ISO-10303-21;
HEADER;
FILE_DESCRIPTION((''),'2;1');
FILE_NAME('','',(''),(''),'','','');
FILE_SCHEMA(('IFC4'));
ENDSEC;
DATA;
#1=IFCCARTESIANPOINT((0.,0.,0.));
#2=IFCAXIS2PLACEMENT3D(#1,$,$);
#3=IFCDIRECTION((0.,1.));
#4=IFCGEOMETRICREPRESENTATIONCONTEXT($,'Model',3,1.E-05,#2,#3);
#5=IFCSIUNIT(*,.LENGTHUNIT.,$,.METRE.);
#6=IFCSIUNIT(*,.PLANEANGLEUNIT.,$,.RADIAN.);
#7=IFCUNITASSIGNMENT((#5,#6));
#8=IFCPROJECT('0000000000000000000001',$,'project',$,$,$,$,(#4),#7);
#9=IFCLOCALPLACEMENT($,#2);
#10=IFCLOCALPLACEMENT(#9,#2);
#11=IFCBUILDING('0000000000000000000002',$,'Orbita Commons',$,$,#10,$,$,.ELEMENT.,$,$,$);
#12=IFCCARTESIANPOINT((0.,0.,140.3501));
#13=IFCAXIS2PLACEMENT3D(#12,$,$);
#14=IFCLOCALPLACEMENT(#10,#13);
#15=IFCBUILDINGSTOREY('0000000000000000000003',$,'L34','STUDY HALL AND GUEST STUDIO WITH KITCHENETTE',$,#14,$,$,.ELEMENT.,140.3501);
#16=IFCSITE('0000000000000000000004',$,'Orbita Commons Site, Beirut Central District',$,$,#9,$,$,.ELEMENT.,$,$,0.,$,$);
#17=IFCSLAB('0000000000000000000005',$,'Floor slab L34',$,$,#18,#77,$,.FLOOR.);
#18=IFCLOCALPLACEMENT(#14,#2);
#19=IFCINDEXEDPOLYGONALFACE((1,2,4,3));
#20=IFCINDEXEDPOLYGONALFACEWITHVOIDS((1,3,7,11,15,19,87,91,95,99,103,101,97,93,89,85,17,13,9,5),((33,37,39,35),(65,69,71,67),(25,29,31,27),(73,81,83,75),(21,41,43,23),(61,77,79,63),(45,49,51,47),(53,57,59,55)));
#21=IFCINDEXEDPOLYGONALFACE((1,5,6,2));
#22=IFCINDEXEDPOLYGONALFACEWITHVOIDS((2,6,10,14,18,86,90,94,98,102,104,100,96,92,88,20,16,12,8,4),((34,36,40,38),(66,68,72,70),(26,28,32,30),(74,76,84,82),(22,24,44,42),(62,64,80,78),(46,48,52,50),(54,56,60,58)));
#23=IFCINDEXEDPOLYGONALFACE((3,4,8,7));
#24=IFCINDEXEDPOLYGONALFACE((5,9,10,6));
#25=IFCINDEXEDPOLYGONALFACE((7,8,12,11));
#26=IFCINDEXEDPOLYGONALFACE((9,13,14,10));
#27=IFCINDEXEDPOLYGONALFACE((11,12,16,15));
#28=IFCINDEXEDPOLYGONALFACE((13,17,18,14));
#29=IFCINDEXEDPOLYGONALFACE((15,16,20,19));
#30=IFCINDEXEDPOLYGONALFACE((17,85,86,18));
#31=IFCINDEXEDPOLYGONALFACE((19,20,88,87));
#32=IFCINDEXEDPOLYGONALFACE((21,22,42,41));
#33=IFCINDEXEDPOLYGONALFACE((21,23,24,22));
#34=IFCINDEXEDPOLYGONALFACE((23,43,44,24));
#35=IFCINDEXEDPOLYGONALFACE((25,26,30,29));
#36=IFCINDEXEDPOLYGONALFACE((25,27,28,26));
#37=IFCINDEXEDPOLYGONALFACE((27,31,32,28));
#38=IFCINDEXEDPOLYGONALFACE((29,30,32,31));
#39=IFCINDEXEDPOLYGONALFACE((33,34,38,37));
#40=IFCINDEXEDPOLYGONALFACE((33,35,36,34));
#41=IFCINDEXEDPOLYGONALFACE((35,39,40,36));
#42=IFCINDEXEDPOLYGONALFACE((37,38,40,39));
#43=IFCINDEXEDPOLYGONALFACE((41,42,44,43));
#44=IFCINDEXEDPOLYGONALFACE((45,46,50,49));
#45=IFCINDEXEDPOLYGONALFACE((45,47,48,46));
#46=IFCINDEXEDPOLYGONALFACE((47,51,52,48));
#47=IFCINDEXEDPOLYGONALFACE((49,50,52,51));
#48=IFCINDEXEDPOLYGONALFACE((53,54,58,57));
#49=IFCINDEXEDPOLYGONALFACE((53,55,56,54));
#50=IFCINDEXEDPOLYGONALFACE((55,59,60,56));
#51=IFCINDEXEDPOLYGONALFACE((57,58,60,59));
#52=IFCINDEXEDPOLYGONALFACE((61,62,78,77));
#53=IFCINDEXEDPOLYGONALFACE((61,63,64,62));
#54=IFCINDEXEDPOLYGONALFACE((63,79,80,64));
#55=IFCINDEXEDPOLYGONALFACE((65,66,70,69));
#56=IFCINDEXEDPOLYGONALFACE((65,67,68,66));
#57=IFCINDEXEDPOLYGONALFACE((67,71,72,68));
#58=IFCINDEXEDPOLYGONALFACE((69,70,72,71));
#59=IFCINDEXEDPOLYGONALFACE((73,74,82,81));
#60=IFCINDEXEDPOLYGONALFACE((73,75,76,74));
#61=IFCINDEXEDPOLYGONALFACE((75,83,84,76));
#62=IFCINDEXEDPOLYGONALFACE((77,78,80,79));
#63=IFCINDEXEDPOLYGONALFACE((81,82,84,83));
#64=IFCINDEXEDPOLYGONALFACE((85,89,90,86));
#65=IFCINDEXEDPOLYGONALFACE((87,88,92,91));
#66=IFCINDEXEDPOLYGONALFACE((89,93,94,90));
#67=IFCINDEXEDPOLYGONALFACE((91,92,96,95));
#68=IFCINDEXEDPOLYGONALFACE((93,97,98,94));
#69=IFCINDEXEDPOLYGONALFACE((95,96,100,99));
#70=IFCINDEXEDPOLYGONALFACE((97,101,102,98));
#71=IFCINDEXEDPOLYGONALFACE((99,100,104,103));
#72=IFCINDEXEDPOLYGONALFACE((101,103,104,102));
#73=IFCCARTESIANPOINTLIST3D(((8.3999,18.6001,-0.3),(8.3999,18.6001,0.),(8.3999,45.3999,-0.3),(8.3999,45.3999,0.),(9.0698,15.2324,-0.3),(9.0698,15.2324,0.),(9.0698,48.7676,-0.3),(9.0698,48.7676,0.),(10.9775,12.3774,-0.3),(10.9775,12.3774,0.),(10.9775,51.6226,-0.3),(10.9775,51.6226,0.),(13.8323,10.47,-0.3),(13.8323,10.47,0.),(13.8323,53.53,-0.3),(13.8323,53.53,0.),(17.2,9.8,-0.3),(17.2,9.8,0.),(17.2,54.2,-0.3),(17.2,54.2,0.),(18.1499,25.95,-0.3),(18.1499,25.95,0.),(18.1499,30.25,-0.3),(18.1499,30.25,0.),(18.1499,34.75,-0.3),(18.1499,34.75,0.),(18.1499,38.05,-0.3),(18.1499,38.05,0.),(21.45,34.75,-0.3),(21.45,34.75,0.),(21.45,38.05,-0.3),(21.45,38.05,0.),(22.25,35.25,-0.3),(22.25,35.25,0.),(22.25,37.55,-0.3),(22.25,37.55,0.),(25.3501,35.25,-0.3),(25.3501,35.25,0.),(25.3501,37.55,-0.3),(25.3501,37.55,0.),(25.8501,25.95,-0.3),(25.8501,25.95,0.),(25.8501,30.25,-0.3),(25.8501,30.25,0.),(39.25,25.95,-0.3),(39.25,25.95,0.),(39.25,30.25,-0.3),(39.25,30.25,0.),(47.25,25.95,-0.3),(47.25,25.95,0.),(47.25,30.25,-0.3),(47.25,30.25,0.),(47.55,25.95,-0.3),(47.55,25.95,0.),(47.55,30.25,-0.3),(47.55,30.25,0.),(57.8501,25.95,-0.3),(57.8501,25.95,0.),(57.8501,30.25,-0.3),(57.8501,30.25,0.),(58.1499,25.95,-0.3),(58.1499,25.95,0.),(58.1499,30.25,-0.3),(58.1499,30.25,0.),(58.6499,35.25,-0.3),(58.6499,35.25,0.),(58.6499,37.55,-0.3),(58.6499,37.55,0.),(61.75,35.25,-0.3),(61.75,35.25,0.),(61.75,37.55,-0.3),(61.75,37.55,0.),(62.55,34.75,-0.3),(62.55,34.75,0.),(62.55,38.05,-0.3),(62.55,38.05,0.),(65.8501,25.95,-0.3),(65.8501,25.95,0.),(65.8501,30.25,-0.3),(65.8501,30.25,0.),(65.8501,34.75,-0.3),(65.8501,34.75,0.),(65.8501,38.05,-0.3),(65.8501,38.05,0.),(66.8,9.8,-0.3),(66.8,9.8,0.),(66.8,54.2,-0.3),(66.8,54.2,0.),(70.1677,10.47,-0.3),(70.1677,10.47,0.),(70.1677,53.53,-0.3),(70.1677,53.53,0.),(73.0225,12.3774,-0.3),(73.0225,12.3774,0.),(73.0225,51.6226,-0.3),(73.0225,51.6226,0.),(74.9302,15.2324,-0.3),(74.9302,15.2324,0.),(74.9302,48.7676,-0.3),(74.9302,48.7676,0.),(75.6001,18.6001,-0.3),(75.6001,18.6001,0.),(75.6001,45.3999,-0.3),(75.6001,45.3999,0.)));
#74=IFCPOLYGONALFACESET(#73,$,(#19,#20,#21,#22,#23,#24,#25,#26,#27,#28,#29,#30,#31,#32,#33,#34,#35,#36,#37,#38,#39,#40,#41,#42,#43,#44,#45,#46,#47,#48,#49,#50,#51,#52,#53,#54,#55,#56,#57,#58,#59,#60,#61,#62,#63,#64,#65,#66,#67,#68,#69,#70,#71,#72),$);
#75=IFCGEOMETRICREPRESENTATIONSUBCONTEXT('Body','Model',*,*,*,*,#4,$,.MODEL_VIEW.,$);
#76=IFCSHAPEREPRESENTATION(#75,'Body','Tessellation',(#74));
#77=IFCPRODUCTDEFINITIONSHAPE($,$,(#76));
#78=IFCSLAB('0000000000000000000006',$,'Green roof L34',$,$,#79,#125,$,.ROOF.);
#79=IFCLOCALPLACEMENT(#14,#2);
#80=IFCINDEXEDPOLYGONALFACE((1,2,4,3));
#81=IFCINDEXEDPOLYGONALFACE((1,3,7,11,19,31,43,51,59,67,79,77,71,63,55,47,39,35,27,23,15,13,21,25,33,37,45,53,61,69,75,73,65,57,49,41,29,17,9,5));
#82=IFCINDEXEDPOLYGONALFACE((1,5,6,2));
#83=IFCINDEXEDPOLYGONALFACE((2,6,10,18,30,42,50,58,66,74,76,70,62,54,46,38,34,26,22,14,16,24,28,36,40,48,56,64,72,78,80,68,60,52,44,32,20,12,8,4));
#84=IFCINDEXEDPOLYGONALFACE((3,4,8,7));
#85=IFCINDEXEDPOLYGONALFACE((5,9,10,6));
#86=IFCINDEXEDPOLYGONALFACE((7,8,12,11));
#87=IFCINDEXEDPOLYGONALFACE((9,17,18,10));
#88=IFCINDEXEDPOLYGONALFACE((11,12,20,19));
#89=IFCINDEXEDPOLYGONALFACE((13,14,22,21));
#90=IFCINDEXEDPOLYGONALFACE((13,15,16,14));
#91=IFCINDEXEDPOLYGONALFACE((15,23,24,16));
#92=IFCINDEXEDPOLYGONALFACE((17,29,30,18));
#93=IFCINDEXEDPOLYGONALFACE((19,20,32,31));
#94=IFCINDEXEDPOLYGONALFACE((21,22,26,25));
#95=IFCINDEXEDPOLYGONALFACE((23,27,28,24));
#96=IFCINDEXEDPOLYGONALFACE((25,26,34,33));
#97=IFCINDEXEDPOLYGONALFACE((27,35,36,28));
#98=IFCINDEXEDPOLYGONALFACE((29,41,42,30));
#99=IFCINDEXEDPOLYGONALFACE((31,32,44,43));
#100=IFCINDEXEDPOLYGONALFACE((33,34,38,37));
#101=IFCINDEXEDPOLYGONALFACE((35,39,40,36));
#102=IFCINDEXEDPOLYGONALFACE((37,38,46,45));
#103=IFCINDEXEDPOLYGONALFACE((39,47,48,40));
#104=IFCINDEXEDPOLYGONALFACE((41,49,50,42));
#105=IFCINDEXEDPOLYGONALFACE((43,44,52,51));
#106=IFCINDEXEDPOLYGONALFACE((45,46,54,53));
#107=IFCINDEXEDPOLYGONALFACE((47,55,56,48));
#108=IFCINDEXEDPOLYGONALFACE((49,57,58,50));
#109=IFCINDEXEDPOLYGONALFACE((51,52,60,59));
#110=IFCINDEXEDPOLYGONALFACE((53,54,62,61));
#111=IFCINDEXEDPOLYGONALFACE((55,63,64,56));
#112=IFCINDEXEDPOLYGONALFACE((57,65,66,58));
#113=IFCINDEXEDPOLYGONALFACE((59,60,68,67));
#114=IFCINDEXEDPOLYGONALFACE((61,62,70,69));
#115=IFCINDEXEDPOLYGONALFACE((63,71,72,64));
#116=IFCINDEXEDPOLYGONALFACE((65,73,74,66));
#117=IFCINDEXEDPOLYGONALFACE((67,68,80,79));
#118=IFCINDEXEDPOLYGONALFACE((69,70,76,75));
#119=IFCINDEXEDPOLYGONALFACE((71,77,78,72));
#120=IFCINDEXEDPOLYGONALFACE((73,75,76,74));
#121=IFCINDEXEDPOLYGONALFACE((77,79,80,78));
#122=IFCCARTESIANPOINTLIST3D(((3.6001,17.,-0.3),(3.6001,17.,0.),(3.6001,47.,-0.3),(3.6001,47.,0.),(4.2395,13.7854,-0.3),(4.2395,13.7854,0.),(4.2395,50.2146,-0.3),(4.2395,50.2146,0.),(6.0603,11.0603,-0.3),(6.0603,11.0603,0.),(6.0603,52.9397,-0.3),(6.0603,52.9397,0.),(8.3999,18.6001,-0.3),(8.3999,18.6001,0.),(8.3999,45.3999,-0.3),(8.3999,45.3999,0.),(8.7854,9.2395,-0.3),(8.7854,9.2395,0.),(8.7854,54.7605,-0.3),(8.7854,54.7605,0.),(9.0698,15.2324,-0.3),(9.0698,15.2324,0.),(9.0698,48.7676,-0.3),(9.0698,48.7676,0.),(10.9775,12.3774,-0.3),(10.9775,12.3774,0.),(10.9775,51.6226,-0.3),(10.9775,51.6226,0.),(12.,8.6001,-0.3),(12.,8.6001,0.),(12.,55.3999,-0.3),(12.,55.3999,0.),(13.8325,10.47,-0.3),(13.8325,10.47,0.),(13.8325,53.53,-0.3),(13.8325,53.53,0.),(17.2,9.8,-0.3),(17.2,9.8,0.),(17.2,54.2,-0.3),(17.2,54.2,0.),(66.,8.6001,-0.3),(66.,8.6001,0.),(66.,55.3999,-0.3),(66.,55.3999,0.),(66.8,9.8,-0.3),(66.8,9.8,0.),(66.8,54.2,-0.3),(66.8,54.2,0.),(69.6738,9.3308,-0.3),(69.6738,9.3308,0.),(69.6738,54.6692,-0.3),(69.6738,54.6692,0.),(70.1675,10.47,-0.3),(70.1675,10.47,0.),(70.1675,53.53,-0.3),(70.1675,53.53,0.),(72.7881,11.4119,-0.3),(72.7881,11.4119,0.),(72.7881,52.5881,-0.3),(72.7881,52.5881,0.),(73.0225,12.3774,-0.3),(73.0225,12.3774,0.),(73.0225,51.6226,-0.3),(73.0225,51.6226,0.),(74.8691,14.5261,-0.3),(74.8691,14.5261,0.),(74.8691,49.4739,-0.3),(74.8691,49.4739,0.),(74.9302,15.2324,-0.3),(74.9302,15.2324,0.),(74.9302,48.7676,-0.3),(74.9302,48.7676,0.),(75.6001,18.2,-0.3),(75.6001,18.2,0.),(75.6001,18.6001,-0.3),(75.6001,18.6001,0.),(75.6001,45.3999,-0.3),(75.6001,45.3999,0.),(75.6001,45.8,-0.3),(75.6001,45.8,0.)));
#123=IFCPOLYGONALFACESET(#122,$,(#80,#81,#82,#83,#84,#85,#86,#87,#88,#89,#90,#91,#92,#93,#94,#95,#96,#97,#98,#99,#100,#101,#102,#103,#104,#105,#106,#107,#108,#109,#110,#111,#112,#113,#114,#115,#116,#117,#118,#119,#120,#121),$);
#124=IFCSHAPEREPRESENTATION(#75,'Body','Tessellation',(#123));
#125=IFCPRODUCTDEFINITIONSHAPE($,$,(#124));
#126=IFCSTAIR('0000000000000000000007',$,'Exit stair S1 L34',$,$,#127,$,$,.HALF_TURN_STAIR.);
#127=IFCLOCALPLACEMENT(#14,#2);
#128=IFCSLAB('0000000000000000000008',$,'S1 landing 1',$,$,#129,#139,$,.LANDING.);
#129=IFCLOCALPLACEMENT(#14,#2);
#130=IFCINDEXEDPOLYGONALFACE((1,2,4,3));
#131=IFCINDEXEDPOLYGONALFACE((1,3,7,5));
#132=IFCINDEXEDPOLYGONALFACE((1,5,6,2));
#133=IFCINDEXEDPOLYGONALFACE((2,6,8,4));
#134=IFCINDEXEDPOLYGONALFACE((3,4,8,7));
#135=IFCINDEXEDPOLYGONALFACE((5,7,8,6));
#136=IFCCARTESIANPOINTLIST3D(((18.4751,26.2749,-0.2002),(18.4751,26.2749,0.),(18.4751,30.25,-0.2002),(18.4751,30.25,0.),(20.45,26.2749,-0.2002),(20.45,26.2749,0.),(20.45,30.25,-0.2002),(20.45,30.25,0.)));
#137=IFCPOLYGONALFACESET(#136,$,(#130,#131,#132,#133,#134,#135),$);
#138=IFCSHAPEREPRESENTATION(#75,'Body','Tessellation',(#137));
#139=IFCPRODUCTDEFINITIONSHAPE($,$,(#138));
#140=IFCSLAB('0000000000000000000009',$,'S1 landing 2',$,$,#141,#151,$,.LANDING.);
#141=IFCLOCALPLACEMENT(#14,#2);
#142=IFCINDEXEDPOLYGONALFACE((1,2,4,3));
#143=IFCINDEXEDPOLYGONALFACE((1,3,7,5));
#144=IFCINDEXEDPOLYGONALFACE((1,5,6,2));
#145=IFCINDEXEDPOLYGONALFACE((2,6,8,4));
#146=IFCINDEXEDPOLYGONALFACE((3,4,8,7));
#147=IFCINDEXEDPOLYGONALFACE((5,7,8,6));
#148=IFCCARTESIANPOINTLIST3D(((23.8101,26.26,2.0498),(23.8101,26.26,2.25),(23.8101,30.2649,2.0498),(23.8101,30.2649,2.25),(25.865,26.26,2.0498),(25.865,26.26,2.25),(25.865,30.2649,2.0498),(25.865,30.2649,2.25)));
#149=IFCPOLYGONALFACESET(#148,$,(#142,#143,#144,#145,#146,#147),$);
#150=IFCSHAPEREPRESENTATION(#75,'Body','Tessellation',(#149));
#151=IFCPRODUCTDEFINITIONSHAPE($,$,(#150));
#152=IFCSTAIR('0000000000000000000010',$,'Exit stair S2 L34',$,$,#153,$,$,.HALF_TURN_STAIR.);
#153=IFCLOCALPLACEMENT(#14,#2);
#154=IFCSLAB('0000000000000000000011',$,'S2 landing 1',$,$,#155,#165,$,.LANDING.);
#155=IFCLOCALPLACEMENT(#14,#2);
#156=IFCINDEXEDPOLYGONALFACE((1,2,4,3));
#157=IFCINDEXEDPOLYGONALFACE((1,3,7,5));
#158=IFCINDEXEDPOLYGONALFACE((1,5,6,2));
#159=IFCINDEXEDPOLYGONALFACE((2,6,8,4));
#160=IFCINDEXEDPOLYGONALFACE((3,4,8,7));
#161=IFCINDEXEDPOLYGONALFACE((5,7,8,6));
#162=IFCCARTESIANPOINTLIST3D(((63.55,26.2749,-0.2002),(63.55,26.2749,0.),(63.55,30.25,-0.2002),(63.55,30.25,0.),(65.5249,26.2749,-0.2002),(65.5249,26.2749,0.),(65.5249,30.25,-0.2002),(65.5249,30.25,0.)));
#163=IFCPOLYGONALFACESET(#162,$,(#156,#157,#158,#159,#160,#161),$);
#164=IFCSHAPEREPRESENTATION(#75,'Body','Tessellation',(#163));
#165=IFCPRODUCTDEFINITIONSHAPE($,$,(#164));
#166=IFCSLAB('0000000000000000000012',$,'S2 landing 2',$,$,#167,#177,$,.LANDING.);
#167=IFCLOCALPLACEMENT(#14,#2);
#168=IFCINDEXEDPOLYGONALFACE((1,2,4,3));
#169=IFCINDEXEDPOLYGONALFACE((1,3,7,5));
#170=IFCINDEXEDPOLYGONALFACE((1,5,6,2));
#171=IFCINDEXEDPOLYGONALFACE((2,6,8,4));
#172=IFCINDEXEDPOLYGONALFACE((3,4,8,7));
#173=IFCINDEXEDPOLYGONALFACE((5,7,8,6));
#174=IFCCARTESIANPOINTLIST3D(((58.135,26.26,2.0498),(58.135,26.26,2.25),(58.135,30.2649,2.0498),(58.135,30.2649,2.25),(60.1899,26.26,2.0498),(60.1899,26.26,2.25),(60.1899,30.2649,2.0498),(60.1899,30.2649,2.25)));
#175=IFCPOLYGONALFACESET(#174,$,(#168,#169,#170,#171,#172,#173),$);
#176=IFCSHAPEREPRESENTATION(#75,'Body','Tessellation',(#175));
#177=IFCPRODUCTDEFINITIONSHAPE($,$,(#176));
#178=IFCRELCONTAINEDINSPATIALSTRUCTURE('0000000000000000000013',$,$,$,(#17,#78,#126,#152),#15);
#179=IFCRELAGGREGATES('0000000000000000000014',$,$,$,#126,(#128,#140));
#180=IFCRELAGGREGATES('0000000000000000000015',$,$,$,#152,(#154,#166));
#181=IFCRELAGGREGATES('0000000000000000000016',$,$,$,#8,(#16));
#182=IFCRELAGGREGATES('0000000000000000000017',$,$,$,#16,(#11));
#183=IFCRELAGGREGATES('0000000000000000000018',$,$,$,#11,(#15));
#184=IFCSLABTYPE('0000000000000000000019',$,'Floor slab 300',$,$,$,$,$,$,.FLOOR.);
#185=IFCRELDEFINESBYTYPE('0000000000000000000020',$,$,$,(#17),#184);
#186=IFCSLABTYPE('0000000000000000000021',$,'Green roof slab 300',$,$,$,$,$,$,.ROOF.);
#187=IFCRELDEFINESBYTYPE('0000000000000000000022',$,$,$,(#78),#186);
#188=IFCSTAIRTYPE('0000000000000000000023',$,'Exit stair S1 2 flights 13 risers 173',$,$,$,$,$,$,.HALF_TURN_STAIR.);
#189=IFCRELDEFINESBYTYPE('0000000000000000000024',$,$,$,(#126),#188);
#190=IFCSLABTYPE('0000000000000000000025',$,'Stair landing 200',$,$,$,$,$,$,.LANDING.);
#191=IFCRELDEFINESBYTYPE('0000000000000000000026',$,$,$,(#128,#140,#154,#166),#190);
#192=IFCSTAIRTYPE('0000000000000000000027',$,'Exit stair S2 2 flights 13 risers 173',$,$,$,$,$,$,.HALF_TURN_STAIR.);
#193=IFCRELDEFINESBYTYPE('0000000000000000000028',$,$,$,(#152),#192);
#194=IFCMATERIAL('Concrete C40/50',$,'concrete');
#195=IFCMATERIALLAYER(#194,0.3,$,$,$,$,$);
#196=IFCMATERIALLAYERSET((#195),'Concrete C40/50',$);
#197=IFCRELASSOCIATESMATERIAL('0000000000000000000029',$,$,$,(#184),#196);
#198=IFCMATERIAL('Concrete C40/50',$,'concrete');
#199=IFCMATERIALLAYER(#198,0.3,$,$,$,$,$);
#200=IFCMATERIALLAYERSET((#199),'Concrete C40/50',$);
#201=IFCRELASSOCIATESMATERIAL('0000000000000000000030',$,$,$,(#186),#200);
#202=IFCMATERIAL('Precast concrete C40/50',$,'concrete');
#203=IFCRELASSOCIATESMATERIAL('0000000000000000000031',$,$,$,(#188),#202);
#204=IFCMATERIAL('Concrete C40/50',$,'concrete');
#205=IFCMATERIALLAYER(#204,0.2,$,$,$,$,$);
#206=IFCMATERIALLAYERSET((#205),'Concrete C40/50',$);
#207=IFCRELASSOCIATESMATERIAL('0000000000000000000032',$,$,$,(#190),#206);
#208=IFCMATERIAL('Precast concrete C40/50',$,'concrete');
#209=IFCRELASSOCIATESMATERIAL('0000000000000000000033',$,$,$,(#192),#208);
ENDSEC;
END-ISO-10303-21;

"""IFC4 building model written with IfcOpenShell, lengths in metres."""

from ifc_helpers import new_model, si_unit, direction, frame, origin, place, context, subcontext, project, spatial, polyline, outline, extrude, material, layer, layer_set, type_object, element, aggregate, save


model = new_model("IFC4")

# Units and contexts
model_context = context("Model", 3, precision=1e-05, world=origin(), true_north=direction((0.0, 1.0)))
body_context = subcontext(model_context, "Body", "Model", "MODEL_VIEW")
ifc_project = project(units=[si_unit("LENGTHUNIT", "METRE"), si_unit("PLANEANGLEUNIT", "RADIAN")], contexts=[model_context])

# Site, building, storey
site_placement = place(None, origin())
site = spatial("IfcSite", under=ifc_project, at=site_placement, Name="Orbita Commons Site, Beirut Central District", CompositionType="ELEMENT", RefElevation=0.0)
building_placement = place(site_placement, origin())
building = spatial("IfcBuilding", under=site, at=building_placement, Name="Orbita Commons", CompositionType="ELEMENT")
storey_placement = place(building_placement, frame((0.0, 0.0, 140.3501)))
storey = spatial("IfcBuildingStorey", under=building, at=storey_placement, Name="L34", Description="STUDY HALL AND GUEST STUDIO WITH KITCHENETTE", CompositionType="ELEMENT", Elevation=140.3501)

# Slabs
ifc_material_1 = material(Name="Concrete C40/50", Category="concrete")
ifc_layer_1 = layer(ifc_material_1, 0.3)
ifc_layer_set_1 = layer_set([ifc_layer_1], Name="Concrete C40/50")
slab_type_1 = type_object("IfcSlabType", Name="Floor slab 300", PredefinedType="FLOOR", material=ifc_layer_set_1)
slab_1_placement = place(storey_placement, frame((0.0, 0.0, -0.3)))
element("IfcSlab", 1, at=slab_1_placement, inside=storey, type_object=slab_type_1, Name="Floor slab L34", PredefinedType="FLOOR", context=body_context, shape_type="SweptSolid", body=[
    extrude(outline(polyline([(66.8, 9.8), (70.1677, 10.47), (73.0225, 12.3774), (74.9302, 15.2324), (75.6001, 18.6001), (75.6001, 45.3999), (74.9302, 48.7676), (73.0225, 51.6226), (70.1677, 53.53), (66.8, 54.2), (17.2, 54.2), (13.8323, 53.53), (10.9775, 51.6226), (9.0698, 48.7676), (8.3999, 45.3999), (8.3999, 18.6001), (9.0698, 15.2324), (10.9775, 12.3774), (13.8323, 10.47), (17.2, 9.8), (66.8, 9.8)]), holes=[polyline([(18.1499, 25.95), (25.8501, 25.95), (25.8501, 30.25), (18.1499, 30.25), (18.1499, 25.95)]), polyline([(58.1499, 25.95), (65.8501, 25.95), (65.8501, 30.25), (58.1499, 30.25), (58.1499, 25.95)]), polyline([(18.1499, 34.75), (21.45, 34.75), (21.45, 38.05), (18.1499, 38.05), (18.1499, 34.75)]), polyline([(62.55, 34.75), (65.8501, 34.75), (65.8501, 38.05), (62.55, 38.05), (62.55, 34.75)]), polyline([(22.25, 35.25), (25.3501, 35.25), (25.3501, 37.55), (22.25, 37.55), (22.25, 35.25)]), polyline([(58.6499, 35.25), (61.75, 35.25), (61.75, 37.55), (58.6499, 37.55), (58.6499, 35.25)]), polyline([(39.25, 25.95), (47.25, 25.95), (47.25, 30.25), (39.25, 30.25), (39.25, 25.95)]), polyline([(47.55, 25.95), (57.8501, 25.95), (57.8501, 30.25), (47.55, 30.25), (47.55, 25.95)])]), origin(), (0.0, 0.0, 1.0), 0.3),
])
ifc_material_2 = material(Name="Concrete C40/50", Category="concrete")
ifc_layer_2 = layer(ifc_material_2, 0.3)
ifc_layer_set_2 = layer_set([ifc_layer_2], Name="Concrete C40/50")
slab_type_2 = type_object("IfcSlabType", Name="Green roof slab 300", PredefinedType="ROOF", material=ifc_layer_set_2)
slab_2_placement = place(storey_placement, frame((0.0, 0.0, -0.3)))
element("IfcSlab", 2, at=slab_2_placement, inside=storey, type_object=slab_type_2, Name="Green roof L34", PredefinedType="ROOF", context=body_context, shape_type="SweptSolid", body=[
    extrude(outline(polyline([(75.6001, 18.2), (74.8691, 14.5261), (72.7881, 11.4119), (69.6738, 9.3308), (66.0, 8.6001), (12.0, 8.6001), (8.7854, 9.2395), (6.0603, 11.0603), (4.2395, 13.7854), (3.6001, 17.0), (3.6001, 47.0), (4.2395, 50.2146), (6.0603, 52.9397), (8.7854, 54.7605), (12.0, 55.3999), (66.0, 55.3999), (69.6738, 54.6692), (72.7881, 52.5881), (74.8691, 49.4739), (75.6001, 45.8), (75.6001, 45.3999), (74.9302, 48.7676), (73.0225, 51.6226), (70.1675, 53.53), (66.8, 54.2), (17.2, 54.2), (13.8325, 53.53), (10.9775, 51.6226), (9.0698, 48.7676), (8.3999, 45.3999), (8.3999, 18.6001), (9.0698, 15.2324), (10.9775, 12.3774), (13.8325, 10.47), (17.2, 9.8), (66.8, 9.8), (70.1675, 10.47), (73.0225, 12.3774), (74.9302, 15.2324), (75.6001, 18.6001), (75.6001, 18.2)])), origin(), (0.0, 0.0, 1.0), 0.3),
])

# Stairs, slabs
ifc_material_3 = material(Name="Precast concrete C40/50", Category="concrete")
stair_type_1 = type_object("IfcStairType", Name="Exit stair S1 2 flights 13 risers 173", PredefinedType="HALF_TURN_STAIR", material=ifc_material_3)
stair_1_placement = place(storey_placement, origin())
stair_1 = element("IfcStair", 3, at=stair_1_placement, inside=storey, type_object=stair_type_1, Name="Exit stair S1 L34", PredefinedType="HALF_TURN_STAIR")
ifc_material_4 = material(Name="Concrete C40/50", Category="concrete")
ifc_layer_3 = layer(ifc_material_4, 0.2)
ifc_layer_set_3 = layer_set([ifc_layer_3], Name="Concrete C40/50")
slab_type_3 = type_object("IfcSlabType", Name="Stair landing 200", PredefinedType="LANDING", material=ifc_layer_set_3)
slab_3_placement = place(storey_placement, frame((0.0, 0.0, -0.2002)))
slab_3 = element("IfcSlab", 4, at=slab_3_placement, type_object=slab_type_3, Name="S1 landing 1", PredefinedType="LANDING", context=body_context, shape_type="SweptSolid", body=[
    extrude(outline(polyline([(18.4751, 26.2749), (20.45, 26.2749), (20.45, 30.25), (18.4751, 30.25), (18.4751, 26.2749)])), origin(), (0.0, 0.0, 1.0), 0.2002),
])
slab_4_placement = place(storey_placement, frame((0.0, 0.0, 2.0498)))
slab_4 = element("IfcSlab", 5, at=slab_4_placement, type_object=slab_type_3, Name="S1 landing 2", PredefinedType="LANDING", context=body_context, shape_type="SweptSolid", body=[
    extrude(outline(polyline([(23.8101, 26.26), (25.865, 26.26), (25.865, 30.2649), (23.8101, 30.2649), (23.8101, 26.26)])), origin(), (0.0, 0.0, 1.0), 0.2002),
])
aggregate(stair_1, [slab_3, slab_4])
ifc_material_5 = material(Name="Precast concrete C40/50", Category="concrete")
stair_type_2 = type_object("IfcStairType", Name="Exit stair S2 2 flights 13 risers 173", PredefinedType="HALF_TURN_STAIR", material=ifc_material_5)
stair_2_placement = place(storey_placement, origin())
stair_2 = element("IfcStair", 6, at=stair_2_placement, inside=storey, type_object=stair_type_2, Name="Exit stair S2 L34", PredefinedType="HALF_TURN_STAIR")
slab_5_placement = place(storey_placement, frame((0.0, 0.0, -0.2002)))
slab_5 = element("IfcSlab", 7, at=slab_5_placement, type_object=slab_type_3, Name="S2 landing 1", PredefinedType="LANDING", context=body_context, shape_type="SweptSolid", body=[
    extrude(outline(polyline([(63.55, 26.2749), (65.5249, 26.2749), (65.5249, 30.25), (63.55, 30.25), (63.55, 26.2749)])), origin(), (0.0, 0.0, 1.0), 0.2002),
])
slab_6_placement = place(storey_placement, frame((0.0, 0.0, 2.0498)))
slab_6 = element("IfcSlab", 8, at=slab_6_placement, type_object=slab_type_3, Name="S2 landing 2", PredefinedType="LANDING", context=body_context, shape_type="SweptSolid", body=[
    extrude(outline(polyline([(58.135, 26.26), (60.1899, 26.26), (60.1899, 30.2649), (58.135, 30.2649), (58.135, 26.26)])), origin(), (0.0, 0.0, 1.0), 0.2002),
])
aggregate(stair_2, [slab_5, slab_6])

save(model, "model.ifc")
